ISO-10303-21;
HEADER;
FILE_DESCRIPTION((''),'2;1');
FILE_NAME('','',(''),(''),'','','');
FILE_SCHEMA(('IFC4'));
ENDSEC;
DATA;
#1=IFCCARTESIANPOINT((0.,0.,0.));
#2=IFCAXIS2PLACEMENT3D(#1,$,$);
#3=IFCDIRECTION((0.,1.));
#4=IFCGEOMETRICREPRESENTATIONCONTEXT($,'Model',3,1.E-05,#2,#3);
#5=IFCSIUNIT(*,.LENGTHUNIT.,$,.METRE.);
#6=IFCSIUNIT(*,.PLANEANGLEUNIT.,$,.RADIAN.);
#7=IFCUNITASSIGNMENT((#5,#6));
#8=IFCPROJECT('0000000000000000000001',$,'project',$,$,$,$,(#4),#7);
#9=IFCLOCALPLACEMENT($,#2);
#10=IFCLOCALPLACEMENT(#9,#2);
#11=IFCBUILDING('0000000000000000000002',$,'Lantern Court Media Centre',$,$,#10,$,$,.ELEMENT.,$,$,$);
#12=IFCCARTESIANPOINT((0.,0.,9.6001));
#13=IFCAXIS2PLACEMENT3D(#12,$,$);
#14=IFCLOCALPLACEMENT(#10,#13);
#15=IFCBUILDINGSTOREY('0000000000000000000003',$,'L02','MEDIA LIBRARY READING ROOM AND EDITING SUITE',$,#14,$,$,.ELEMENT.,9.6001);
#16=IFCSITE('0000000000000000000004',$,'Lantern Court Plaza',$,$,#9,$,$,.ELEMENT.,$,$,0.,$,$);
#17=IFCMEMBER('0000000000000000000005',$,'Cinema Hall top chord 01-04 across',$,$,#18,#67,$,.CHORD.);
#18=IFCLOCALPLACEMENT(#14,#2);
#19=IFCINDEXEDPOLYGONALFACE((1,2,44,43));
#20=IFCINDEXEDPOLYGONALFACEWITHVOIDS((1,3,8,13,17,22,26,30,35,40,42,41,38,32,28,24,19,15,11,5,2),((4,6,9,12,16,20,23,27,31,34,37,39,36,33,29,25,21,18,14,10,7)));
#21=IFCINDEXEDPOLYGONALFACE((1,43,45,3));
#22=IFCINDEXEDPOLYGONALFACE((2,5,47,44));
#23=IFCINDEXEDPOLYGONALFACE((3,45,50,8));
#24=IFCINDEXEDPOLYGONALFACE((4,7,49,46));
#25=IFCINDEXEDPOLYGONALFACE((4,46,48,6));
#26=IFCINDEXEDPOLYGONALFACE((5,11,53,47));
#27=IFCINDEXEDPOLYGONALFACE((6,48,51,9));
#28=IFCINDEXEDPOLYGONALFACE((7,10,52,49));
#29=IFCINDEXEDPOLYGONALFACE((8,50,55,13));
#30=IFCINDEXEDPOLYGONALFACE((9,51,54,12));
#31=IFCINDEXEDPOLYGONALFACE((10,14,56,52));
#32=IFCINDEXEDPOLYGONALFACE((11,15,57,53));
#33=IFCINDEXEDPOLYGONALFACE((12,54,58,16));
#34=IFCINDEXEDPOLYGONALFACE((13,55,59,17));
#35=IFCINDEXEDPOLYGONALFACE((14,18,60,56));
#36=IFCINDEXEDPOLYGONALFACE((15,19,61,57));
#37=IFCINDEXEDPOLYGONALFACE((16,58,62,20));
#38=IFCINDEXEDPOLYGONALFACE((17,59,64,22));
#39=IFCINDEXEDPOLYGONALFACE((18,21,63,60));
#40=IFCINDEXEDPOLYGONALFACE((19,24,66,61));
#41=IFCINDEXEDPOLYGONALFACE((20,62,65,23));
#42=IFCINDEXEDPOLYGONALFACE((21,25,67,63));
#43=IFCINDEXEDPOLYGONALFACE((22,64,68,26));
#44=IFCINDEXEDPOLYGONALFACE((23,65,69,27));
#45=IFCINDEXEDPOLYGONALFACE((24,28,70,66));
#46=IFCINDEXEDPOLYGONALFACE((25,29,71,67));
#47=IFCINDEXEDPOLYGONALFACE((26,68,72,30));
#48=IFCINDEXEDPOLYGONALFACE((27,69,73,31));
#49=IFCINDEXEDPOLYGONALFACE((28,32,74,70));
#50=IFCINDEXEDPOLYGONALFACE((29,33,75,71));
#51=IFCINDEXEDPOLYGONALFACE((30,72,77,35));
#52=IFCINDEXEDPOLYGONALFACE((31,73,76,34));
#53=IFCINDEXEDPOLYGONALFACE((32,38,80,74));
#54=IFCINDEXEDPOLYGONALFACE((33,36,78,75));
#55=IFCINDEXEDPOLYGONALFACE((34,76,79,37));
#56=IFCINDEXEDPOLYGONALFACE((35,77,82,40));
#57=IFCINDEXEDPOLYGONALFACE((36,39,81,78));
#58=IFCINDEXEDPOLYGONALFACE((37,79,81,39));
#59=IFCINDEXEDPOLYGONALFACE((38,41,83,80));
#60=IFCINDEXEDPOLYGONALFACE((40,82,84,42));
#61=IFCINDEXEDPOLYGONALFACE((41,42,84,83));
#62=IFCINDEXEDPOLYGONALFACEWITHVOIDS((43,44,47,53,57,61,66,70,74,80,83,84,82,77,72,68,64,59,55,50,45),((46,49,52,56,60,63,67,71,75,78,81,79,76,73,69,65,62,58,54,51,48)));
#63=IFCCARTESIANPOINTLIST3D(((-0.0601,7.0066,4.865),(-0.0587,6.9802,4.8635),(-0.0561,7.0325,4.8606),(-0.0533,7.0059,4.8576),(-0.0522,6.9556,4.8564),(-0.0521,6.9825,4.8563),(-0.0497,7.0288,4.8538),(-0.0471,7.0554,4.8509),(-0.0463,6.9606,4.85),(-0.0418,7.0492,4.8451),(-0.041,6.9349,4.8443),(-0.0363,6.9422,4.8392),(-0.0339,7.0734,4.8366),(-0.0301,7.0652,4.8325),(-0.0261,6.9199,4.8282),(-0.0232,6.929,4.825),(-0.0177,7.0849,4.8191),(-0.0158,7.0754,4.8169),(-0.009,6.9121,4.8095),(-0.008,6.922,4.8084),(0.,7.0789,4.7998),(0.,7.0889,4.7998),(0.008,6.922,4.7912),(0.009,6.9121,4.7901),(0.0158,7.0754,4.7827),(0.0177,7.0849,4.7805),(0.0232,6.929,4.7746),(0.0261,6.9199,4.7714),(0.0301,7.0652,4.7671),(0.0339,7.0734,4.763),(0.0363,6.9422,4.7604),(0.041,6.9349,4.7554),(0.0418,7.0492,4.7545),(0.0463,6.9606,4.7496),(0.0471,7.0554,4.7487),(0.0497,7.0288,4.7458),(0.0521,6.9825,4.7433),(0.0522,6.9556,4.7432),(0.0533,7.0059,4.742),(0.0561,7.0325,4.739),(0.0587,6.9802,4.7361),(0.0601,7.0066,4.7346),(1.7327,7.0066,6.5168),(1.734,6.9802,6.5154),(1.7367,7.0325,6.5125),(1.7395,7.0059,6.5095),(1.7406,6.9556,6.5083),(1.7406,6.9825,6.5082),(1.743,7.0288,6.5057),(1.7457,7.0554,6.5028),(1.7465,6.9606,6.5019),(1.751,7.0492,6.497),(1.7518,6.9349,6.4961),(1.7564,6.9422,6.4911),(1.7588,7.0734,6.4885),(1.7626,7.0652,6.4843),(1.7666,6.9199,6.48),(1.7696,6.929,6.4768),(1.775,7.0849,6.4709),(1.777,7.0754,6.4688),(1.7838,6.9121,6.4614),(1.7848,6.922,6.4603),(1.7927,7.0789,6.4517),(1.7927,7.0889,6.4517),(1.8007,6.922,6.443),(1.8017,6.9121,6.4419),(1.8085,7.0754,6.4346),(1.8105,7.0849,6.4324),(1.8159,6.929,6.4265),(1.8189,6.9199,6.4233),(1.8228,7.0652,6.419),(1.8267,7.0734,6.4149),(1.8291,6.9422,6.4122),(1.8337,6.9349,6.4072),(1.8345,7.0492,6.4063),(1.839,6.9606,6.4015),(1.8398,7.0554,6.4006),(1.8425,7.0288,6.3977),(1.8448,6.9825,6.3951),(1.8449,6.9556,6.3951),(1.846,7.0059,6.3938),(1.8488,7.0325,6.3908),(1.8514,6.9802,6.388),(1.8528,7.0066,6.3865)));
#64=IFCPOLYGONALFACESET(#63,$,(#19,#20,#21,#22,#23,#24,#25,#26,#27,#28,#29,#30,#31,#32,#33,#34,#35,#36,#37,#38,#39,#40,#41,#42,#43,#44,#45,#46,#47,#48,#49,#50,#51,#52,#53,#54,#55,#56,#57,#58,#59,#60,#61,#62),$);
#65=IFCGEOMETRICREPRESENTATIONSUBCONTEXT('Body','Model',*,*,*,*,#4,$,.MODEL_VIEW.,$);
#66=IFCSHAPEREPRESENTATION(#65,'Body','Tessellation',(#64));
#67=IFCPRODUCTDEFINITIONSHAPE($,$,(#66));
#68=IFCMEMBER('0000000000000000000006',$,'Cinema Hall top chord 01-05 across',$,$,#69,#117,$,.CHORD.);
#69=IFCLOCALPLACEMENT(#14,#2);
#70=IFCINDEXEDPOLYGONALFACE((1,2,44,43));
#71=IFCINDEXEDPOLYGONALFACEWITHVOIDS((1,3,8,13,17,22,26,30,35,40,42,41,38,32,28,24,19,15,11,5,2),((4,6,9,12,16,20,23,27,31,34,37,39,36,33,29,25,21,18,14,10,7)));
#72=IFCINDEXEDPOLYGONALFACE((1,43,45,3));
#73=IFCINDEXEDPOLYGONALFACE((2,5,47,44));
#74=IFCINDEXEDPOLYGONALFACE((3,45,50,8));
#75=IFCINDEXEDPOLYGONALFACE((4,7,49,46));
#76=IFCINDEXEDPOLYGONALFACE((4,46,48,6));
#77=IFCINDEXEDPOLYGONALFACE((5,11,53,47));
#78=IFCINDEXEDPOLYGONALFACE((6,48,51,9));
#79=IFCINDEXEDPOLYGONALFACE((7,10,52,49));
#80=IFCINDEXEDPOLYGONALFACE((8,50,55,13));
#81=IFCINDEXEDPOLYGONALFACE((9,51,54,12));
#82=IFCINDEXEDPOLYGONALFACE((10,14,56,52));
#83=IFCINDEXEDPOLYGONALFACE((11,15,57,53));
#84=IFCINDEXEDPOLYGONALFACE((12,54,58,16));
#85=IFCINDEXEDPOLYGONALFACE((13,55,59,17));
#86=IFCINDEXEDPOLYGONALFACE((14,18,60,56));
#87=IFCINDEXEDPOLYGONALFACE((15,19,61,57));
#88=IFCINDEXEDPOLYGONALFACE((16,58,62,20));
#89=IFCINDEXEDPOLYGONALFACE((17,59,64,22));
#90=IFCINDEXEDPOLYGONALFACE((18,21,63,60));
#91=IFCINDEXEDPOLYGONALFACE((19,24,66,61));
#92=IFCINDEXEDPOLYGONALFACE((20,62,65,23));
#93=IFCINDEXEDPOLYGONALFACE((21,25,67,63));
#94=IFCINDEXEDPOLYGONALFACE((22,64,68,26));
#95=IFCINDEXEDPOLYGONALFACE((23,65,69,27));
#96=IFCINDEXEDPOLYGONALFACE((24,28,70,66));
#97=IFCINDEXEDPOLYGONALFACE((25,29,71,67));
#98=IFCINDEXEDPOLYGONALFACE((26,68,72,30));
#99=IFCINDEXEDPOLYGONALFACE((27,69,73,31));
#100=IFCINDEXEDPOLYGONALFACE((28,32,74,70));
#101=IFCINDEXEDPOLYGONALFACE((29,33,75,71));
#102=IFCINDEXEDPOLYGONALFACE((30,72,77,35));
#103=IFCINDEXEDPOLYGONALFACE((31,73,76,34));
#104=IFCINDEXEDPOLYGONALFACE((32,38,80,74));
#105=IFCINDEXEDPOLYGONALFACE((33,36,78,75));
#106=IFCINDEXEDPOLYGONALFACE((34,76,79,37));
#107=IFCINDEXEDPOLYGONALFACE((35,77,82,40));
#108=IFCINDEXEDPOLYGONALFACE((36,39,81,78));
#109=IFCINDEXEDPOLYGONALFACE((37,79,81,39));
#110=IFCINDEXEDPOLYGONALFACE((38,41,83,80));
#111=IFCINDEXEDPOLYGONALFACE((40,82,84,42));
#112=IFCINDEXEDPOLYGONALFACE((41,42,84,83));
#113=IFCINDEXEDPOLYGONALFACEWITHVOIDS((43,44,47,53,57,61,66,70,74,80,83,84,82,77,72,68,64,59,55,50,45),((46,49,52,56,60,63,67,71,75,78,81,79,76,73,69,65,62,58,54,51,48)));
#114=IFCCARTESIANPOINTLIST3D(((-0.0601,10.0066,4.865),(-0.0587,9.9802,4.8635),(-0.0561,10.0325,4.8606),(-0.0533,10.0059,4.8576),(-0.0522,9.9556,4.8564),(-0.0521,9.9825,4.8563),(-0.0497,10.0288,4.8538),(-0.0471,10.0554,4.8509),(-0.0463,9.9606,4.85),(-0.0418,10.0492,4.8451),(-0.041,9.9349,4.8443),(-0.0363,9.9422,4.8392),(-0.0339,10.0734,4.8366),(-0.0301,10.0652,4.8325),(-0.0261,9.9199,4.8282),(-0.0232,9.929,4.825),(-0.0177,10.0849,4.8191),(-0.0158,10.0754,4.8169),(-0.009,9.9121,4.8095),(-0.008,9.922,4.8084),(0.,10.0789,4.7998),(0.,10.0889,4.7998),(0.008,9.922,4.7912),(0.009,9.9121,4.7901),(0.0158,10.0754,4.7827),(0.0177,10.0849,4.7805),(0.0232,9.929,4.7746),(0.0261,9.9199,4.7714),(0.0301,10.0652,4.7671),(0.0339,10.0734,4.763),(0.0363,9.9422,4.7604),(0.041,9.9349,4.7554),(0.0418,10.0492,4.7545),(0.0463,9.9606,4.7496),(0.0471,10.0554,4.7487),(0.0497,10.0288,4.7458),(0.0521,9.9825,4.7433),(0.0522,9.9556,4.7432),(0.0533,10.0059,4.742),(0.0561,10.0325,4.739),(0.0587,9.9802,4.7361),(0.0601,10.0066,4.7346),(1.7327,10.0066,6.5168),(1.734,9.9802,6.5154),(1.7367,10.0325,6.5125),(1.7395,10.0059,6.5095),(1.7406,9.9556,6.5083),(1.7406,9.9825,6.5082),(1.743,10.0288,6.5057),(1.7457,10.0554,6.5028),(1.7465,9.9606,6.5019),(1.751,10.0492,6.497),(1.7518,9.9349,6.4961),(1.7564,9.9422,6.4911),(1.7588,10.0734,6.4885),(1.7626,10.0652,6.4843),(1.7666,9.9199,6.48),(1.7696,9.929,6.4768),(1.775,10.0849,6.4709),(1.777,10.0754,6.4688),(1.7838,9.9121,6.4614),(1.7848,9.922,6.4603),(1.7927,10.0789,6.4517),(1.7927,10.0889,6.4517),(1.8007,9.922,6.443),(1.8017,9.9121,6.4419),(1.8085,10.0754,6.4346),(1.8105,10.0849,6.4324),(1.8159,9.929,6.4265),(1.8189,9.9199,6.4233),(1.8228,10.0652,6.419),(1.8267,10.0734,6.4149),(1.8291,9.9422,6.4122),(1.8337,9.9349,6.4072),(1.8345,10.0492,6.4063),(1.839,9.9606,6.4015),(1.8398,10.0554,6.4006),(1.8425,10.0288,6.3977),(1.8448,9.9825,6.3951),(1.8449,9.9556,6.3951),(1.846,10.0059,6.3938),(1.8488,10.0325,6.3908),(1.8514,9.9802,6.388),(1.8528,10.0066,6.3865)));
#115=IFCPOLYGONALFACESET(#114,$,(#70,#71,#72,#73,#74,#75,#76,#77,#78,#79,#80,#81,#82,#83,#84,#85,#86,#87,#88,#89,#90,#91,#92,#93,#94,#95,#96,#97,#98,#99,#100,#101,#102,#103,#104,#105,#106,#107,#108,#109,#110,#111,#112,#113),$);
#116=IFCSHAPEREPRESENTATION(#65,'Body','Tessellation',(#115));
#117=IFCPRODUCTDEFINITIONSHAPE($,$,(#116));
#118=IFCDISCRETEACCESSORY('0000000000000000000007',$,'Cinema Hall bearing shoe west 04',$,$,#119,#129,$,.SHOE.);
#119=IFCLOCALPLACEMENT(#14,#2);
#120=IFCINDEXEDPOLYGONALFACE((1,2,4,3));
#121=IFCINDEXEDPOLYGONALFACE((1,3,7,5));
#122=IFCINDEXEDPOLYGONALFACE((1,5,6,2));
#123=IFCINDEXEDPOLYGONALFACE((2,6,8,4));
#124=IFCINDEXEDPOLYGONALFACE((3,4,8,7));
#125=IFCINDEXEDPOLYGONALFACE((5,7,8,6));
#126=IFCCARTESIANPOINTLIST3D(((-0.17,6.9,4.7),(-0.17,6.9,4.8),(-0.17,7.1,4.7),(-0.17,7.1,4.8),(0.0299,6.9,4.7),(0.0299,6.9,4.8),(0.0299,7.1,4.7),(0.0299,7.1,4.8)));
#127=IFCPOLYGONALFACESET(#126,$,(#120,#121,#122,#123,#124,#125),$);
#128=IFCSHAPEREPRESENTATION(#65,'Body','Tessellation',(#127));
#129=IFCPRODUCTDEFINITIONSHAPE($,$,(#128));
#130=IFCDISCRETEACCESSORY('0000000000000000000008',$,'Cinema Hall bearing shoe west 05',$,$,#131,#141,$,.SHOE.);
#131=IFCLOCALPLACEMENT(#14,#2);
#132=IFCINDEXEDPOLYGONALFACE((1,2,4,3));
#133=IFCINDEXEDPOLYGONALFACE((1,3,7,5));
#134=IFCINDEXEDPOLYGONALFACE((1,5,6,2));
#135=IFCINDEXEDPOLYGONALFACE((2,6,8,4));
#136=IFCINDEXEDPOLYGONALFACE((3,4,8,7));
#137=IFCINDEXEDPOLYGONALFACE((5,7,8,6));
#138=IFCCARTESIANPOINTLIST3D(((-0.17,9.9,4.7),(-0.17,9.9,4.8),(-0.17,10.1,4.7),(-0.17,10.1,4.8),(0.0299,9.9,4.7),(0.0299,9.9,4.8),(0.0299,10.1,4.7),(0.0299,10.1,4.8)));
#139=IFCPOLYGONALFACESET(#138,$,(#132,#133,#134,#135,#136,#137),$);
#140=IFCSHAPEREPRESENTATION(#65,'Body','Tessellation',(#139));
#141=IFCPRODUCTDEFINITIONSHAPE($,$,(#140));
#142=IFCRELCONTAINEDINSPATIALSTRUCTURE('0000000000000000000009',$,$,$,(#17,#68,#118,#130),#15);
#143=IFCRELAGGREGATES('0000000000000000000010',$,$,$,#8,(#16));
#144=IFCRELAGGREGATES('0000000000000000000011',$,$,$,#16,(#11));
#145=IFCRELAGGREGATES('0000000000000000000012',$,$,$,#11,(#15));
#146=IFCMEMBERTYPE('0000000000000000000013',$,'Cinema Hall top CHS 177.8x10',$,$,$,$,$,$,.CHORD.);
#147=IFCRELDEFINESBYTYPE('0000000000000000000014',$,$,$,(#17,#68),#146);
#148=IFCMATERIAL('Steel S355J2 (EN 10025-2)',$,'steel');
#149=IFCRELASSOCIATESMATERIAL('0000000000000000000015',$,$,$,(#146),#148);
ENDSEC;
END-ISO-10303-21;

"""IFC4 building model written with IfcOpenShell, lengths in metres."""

from ifc_helpers import new_model, si_unit, direction, frame, origin, origin_2d, place, context, subcontext, project, spatial, rectangle, hollow_circle, extrude, material, material_profile, profile_set, type_object, element, save


model = new_model("IFC4")

# Units and contexts
model_context = context("Model", 3, precision=1e-05, world=origin(), true_north=direction((0.0, 1.0)))
body_context = subcontext(model_context, "Body", "Model", "MODEL_VIEW")
ifc_project = project(units=[si_unit("LENGTHUNIT", "METRE"), si_unit("PLANEANGLEUNIT", "RADIAN")], contexts=[model_context])

# Site, building, storey
site_placement = place(None, origin())
site = spatial("IfcSite", under=ifc_project, at=site_placement, Name="Lantern Court Plaza", CompositionType="ELEMENT", RefElevation=0.0)
building_placement = place(site_placement, origin())
building = spatial("IfcBuilding", under=site, at=building_placement, Name="Lantern Court Media Centre", CompositionType="ELEMENT")
storey_placement = place(building_placement, frame((0.0, 0.0, 9.6001)))
storey = spatial("IfcBuildingStorey", under=building, at=storey_placement, Name="L02", Description="MEDIA LIBRARY READING ROOM AND EDITING SUITE", CompositionType="ELEMENT", Elevation=9.6001)

# Shared definitions
ifc_material = material(Name="Steel S355J2 (EN 10025-2)", Category="steel")

# Members
ifc_material_profile_1 = material_profile(ifc_material, hollow_circle(Radius=0.0889, WallThickness=0.01, at=origin_2d()), Name="Cinema Hall top CHS 177.8x10")
ifc_profile_set_1 = profile_set([ifc_material_profile_1], Name="Steel S355J2 (EN 10025-2)")
member_type_1 = type_object("IfcMemberType", Name="Cinema Hall top CHS 177.8x10", PredefinedType="CHORD", material=ifc_profile_set_1)
for number, where, z_axis, x_axis, name in (
    (1, (0.0, 7.0, 4.7998), (0.73541, 0.0, 0.677623), (0.0, 1.0, 0.0), "Cinema Hall top chord 01-04 across"),
    (2, (0.0, 10.0, 4.7998), (0.73541, 0.0, 0.677623), (0.0, 1.0, 0.0), "Cinema Hall top chord 01-05 across"),
):
    element("IfcMember", number, at=place(storey_placement, frame(where, z_axis=z_axis, x_axis=x_axis)), inside=storey, type_object=member_type_1, Name=name, PredefinedType="CHORD", context=body_context, shape_type="SweptSolid", body=[
        extrude(hollow_circle(Radius=0.0889, WallThickness=0.01, at=origin_2d()), origin(), (0.0, 0.0, 1.0), 2.4377),
    ])

# Discrete accessories
for number, where, z_axis, x_axis, name in (
    (3, (-0.0701, 7.0, 4.7), (0.0, 0.0, 1.0), (1.0, 0.0, 0.0), "Cinema Hall bearing shoe west 04"),
    (4, (-0.0701, 10.0, 4.7), (0.0, 0.0, 1.0), (1.0, 0.0, 0.0), "Cinema Hall bearing shoe west 05"),
):
    element("IfcDiscreteAccessory", number, at=place(storey_placement, frame(where, z_axis=z_axis, x_axis=x_axis)), inside=storey, Name=name, PredefinedType="SHOE", context=body_context, shape_type="SweptSolid", body=[
        extrude(rectangle(XDim=0.2, YDim=0.2, at=origin_2d()), origin(), (0.0, 0.0, 1.0), 0.1001),
    ])

save(model, "model.ifc")
